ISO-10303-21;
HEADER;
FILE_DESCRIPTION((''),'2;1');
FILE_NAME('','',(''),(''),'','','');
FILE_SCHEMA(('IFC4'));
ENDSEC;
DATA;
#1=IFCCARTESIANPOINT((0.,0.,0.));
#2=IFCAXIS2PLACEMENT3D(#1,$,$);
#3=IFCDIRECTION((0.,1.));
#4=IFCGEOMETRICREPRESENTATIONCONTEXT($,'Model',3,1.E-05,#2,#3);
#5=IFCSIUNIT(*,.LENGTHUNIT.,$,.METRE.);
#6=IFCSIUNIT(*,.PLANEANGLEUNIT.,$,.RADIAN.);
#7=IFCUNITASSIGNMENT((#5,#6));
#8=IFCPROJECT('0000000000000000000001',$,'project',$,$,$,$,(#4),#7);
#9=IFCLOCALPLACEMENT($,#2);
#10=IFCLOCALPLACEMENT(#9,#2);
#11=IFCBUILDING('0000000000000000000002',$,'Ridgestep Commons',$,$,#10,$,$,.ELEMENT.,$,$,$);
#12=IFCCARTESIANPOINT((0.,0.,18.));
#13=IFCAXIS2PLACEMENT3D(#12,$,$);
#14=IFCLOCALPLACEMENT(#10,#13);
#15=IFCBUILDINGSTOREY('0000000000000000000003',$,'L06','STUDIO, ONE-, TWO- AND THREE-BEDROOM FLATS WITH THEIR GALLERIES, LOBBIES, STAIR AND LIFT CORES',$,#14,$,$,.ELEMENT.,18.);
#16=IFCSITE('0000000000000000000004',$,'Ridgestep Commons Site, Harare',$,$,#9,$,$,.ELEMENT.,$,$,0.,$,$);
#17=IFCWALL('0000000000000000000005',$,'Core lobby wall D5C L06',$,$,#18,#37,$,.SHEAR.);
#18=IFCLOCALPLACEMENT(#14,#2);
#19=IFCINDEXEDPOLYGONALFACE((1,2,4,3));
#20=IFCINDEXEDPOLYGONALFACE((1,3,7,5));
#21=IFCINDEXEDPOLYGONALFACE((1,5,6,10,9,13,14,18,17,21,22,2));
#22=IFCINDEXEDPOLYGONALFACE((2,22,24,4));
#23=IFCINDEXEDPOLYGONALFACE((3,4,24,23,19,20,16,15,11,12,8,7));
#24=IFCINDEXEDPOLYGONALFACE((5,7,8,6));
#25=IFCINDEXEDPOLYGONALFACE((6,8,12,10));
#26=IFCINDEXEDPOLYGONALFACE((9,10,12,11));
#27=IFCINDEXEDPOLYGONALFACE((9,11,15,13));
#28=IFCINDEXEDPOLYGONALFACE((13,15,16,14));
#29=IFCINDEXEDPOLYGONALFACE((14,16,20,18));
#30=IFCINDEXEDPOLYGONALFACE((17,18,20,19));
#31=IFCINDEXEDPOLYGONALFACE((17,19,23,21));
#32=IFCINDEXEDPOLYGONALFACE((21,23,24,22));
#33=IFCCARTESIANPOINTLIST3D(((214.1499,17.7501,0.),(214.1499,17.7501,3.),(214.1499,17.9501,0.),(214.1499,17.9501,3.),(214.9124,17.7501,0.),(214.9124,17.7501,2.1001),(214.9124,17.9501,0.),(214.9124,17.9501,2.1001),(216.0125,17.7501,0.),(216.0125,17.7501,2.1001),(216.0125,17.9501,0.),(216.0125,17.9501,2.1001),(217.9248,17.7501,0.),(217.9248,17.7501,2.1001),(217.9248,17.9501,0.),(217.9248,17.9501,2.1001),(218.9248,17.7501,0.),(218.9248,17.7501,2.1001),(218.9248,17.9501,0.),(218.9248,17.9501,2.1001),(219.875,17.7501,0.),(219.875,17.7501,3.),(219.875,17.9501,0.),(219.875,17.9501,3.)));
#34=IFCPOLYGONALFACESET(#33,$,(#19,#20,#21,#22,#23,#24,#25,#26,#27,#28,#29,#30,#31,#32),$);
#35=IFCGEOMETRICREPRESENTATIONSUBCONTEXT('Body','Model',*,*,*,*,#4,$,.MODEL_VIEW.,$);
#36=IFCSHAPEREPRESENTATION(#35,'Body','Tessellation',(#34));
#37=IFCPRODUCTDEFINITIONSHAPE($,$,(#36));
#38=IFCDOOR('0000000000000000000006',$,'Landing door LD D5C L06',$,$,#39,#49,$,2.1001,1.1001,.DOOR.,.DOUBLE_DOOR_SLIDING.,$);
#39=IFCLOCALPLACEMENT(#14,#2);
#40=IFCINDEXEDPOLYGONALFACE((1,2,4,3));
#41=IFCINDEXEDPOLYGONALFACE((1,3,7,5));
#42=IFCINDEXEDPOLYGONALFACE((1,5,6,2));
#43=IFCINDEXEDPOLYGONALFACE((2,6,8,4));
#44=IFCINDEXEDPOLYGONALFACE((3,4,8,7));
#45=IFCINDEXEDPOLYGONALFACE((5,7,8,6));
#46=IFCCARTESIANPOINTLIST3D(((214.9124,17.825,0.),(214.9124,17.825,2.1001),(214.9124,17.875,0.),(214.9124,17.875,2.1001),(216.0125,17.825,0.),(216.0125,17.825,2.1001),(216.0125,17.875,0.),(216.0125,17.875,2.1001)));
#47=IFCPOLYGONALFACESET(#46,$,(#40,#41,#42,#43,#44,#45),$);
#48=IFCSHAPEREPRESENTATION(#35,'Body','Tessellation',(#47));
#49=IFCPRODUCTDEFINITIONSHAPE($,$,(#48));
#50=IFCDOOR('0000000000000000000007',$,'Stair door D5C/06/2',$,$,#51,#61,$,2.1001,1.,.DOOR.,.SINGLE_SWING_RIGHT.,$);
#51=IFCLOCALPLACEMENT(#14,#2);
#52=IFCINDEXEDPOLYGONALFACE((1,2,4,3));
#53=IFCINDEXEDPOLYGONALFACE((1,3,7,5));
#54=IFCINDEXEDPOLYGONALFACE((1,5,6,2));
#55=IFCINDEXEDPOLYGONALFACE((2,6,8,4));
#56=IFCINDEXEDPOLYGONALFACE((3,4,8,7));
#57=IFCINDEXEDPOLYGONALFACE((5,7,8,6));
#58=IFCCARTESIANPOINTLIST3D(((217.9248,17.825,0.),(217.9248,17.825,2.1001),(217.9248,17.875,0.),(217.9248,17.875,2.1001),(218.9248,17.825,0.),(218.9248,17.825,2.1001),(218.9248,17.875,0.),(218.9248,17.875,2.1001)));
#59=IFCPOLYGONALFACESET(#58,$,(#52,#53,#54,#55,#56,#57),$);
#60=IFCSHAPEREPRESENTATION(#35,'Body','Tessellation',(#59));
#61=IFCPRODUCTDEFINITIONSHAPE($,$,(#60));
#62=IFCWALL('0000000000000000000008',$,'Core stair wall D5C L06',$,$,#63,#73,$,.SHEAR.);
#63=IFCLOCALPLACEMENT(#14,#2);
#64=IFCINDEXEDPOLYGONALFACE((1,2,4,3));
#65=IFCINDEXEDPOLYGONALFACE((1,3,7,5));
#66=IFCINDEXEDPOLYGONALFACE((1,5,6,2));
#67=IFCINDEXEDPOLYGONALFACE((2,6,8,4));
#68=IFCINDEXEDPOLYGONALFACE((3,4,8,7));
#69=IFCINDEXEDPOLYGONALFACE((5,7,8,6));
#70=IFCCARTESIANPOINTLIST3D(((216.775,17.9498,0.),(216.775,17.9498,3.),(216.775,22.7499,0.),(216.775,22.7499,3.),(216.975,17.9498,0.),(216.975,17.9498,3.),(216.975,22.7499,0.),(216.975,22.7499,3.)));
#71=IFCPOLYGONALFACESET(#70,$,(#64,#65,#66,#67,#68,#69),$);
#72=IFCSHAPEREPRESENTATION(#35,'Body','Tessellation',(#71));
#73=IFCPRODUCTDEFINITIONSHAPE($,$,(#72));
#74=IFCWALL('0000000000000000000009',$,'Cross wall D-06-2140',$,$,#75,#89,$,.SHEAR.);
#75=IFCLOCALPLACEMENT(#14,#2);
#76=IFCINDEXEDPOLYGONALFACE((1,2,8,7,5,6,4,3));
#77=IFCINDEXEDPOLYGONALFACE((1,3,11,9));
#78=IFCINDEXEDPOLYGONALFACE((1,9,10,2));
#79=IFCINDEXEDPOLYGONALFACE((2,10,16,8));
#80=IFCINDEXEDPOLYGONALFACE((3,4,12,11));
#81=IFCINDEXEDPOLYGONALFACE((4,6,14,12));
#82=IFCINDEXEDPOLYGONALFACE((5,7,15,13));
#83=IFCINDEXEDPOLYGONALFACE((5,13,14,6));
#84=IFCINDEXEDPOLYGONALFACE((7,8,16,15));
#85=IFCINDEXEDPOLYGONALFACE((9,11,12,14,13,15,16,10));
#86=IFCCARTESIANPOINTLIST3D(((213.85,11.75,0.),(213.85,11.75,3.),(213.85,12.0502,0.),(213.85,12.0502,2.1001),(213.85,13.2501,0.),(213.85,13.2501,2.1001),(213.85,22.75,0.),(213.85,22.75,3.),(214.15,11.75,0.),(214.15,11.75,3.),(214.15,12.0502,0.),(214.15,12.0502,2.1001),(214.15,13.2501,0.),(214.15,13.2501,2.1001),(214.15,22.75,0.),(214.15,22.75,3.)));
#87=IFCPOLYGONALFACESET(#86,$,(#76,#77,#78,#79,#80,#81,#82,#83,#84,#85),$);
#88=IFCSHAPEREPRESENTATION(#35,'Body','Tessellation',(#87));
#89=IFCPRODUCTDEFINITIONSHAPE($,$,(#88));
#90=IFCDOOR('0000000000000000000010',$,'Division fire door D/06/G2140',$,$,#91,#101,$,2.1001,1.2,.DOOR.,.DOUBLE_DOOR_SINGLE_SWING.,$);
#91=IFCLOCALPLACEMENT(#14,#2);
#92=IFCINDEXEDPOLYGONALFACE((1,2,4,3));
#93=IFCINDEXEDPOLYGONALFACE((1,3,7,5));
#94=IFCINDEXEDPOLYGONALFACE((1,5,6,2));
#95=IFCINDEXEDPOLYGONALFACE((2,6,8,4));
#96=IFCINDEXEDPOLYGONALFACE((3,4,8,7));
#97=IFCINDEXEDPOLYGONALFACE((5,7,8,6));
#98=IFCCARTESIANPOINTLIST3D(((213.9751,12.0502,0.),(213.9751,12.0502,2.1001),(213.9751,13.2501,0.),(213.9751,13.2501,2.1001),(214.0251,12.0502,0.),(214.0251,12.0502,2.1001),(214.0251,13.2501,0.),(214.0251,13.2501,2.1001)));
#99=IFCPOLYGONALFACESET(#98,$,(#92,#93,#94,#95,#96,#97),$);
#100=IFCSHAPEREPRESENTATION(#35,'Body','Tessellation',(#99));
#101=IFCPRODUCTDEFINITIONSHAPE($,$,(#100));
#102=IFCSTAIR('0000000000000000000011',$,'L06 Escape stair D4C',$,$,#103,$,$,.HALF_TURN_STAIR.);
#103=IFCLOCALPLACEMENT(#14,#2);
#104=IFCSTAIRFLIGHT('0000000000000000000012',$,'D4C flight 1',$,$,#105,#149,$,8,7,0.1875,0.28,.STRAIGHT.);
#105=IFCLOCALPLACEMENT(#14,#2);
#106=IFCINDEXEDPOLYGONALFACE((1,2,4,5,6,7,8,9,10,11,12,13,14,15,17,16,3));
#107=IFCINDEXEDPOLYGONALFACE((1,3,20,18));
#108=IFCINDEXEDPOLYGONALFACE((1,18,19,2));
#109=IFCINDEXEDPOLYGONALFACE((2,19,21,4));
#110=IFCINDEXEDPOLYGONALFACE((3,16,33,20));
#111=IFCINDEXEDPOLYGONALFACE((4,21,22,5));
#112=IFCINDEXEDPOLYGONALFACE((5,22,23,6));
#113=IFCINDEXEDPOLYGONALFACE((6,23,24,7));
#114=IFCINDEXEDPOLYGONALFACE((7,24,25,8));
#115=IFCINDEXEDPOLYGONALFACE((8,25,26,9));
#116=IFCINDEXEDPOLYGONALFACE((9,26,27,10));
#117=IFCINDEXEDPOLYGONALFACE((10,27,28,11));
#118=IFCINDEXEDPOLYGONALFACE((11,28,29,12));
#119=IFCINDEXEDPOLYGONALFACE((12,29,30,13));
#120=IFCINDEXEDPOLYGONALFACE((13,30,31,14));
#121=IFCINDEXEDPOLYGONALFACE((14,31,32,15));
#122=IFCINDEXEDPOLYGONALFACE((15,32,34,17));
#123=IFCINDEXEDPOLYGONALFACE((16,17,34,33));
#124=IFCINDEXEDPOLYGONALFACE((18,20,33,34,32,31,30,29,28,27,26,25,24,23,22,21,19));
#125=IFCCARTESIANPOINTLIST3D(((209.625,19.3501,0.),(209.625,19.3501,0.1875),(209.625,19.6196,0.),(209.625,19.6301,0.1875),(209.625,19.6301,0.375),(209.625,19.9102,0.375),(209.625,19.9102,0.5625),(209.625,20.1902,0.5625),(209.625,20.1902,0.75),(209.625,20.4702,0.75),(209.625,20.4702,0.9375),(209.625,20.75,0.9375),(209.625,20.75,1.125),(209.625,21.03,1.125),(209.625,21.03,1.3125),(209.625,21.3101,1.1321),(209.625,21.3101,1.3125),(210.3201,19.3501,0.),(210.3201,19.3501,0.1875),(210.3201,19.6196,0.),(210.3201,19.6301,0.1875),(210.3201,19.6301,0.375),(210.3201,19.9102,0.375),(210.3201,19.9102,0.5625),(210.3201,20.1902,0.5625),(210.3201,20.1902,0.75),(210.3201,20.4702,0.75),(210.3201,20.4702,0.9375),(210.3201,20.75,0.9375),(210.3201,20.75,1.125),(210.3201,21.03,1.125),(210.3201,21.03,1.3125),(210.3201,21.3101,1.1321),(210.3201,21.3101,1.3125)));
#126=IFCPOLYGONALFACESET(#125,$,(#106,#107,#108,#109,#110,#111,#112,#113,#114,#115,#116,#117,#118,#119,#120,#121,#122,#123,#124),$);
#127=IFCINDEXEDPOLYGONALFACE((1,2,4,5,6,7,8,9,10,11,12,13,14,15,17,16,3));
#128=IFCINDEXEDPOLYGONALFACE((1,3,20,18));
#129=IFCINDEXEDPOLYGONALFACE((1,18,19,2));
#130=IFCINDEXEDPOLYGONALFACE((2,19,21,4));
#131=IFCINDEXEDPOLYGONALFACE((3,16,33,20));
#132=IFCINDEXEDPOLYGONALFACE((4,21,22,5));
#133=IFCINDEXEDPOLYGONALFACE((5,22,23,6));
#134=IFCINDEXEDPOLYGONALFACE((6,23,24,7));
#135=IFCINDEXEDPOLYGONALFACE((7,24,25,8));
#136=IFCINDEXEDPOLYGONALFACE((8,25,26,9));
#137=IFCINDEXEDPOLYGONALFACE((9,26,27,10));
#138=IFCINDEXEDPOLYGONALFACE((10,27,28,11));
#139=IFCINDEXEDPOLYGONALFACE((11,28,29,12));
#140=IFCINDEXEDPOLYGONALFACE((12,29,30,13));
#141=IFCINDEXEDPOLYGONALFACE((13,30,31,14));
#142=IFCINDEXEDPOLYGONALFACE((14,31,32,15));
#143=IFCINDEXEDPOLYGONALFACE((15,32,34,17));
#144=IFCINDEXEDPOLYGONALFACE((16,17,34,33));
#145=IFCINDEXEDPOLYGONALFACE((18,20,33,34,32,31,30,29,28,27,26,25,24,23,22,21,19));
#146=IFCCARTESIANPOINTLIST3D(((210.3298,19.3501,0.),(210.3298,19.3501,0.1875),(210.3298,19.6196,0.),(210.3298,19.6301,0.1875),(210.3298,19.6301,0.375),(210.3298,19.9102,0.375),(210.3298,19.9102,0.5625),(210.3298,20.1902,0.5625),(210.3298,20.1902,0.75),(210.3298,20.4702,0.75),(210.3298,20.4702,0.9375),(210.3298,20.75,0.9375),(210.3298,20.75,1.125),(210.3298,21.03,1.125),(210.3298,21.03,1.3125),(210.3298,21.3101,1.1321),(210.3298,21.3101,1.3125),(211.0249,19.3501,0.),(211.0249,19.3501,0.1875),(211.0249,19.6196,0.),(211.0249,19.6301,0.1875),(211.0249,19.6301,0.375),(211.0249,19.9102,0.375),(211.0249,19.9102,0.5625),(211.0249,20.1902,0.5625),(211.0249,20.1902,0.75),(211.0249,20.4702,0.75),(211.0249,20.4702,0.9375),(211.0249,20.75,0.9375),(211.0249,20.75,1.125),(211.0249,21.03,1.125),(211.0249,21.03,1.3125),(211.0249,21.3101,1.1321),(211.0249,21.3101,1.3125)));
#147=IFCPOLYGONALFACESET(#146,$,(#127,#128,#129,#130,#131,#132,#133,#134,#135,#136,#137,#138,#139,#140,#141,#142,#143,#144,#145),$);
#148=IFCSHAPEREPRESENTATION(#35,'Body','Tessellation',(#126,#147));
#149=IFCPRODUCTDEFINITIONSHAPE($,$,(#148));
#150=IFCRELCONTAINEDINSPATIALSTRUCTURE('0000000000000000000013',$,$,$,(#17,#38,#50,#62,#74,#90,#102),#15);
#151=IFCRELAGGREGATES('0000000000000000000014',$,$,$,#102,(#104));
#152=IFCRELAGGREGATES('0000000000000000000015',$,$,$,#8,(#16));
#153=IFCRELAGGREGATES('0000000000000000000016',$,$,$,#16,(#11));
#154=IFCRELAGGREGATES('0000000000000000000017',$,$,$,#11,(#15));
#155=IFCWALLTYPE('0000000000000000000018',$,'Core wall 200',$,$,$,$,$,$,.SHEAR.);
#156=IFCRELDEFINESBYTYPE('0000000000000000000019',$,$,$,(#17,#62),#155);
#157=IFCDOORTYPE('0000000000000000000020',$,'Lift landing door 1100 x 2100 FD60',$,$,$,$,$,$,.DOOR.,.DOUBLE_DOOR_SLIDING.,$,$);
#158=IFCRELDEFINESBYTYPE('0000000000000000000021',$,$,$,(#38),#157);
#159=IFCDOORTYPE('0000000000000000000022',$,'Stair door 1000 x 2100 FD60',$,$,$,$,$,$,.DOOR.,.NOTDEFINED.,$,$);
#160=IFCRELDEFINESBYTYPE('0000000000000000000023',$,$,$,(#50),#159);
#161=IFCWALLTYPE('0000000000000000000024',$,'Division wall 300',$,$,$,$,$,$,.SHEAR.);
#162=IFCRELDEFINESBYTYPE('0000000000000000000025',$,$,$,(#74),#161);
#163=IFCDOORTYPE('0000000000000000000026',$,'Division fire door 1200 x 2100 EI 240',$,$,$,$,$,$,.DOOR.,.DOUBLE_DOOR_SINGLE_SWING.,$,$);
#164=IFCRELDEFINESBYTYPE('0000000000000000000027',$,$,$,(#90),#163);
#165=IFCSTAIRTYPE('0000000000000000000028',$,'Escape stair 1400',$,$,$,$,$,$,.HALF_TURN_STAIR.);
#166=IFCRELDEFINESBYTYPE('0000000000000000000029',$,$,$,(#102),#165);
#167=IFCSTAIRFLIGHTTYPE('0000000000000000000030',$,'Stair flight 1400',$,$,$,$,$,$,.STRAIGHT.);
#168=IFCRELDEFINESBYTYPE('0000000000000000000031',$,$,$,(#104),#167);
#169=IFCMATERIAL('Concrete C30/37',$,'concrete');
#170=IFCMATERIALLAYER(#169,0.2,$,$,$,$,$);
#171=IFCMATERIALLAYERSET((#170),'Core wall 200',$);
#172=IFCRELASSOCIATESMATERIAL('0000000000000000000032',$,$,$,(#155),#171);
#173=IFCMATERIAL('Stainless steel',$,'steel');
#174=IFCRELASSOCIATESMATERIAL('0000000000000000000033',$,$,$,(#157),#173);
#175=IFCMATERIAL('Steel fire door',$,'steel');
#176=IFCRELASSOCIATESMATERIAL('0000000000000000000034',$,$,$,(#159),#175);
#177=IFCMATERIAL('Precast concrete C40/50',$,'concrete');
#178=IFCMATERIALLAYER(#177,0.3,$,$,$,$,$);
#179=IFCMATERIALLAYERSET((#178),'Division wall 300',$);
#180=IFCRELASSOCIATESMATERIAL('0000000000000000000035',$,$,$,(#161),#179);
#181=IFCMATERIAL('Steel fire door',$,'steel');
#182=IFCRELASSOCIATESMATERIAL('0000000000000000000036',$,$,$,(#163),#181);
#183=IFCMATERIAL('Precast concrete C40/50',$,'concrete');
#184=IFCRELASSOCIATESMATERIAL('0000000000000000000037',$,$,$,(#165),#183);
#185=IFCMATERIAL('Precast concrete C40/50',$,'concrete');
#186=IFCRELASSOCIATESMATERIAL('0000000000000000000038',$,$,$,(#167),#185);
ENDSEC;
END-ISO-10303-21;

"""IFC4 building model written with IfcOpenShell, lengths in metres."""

from ifc_helpers import new_model, si_unit, direction, frame, frame_2d, origin, place, context, subcontext, project, spatial, polyline, rectangle, outline, extrude, material, layer, layer_set, type_object, element, fill, aggregate, save


model = new_model("IFC4")

# Units and contexts
model_context = context("Model", 3, precision=1e-05, world=origin(), true_north=direction((0.0, 1.0)))
body_context = subcontext(model_context, "Body", "Model", "MODEL_VIEW")
ifc_project = project(units=[si_unit("LENGTHUNIT", "METRE"), si_unit("PLANEANGLEUNIT", "RADIAN")], contexts=[model_context])

# Site, building, storey
site_placement = place(None, origin())
site = spatial("IfcSite", under=ifc_project, at=site_placement, Name="Ridgestep Commons Site, Harare", CompositionType="ELEMENT", RefElevation=0.0)
building_placement = place(site_placement, origin())
building = spatial("IfcBuilding", under=site, at=building_placement, Name="Ridgestep Commons", CompositionType="ELEMENT")
storey_placement = place(building_placement, frame((0.0, 0.0, 18.0)))
storey = spatial("IfcBuildingStorey", under=building, at=storey_placement, Name="L06", Description="STUDIO, ONE-, TWO- AND THREE-BEDROOM FLATS WITH THEIR GALLERIES, LOBBIES, STAIR AND LIFT CORES", CompositionType="ELEMENT", Elevation=18.0)

# Shared definitions
ifc_material_1 = material(Name="Concrete C30/37", Category="concrete")
ifc_layer_1 = layer(ifc_material_1, 0.2)
ifc_layer_set_1 = layer_set([ifc_layer_1], Name="Core wall 200")
wall_type_1 = type_object("IfcWallType", Name="Core wall 200", PredefinedType="SHEAR", material=ifc_layer_set_1)

# Wall, openings, doors
wall_1_placement = place(storey_placement, frame((214.1499, 17.8501, 0.0), z_axis=(0.0, 0.0, 1.0), x_axis=(1.0, 0.0, 0.0)))
wall_1 = element("IfcWall", 1, at=wall_1_placement, inside=storey, type_object=wall_type_1, Name="Core lobby wall D5C L06", PredefinedType="SHEAR", context=body_context, shape_type="SweptSolid", body=[
    extrude(rectangle(XDim=5.7251, YDim=0.2, at=frame_2d((2.8625, 0.0))), origin(), (0.0, 0.0, 1.0), 3.0),
])
opening_1_placement = place(wall_1_placement, frame((3.7749, 0.0, 0.0)))
opening_1 = element("IfcOpeningElement", 2, at=opening_1_placement, cuts=wall_1, PredefinedType="OPENING", context=body_context, shape_type="SweptSolid", body=[
    extrude(rectangle(XDim=1.0, YDim=2.1001, at=frame_2d((0.5, 1.05))), frame((0.0, 0.1099, 0.0), z_axis=(0.0, -1.0, 0.0), x_axis=(1.0, 0.0, 0.0)), (0.0, 0.0, 1.0), 0.22),
])
opening_2_placement = place(wall_1_placement, frame((0.7625, 0.0, 0.0)))
opening_2 = element("IfcOpeningElement", 3, at=opening_2_placement, cuts=wall_1, PredefinedType="OPENING", context=body_context, shape_type="SweptSolid", body=[
    extrude(rectangle(XDim=1.1001, YDim=2.1001, at=frame_2d((0.55, 1.05))), frame((0.0, 0.1099, 0.0), z_axis=(0.0, -1.0, 0.0), x_axis=(1.0, 0.0, 0.0)), (0.0, 0.0, 1.0), 0.22),
])
ifc_material_2 = material(Name="Stainless steel", Category="steel")
door_type_1 = type_object("IfcDoorType", Name="Lift landing door 1100 x 2100 FD60", OperationType="DOUBLE_DOOR_SLIDING", PredefinedType="DOOR", material=ifc_material_2)
door_1_placement = place(opening_2_placement, origin())
door_1 = element("IfcDoor", 4, at=door_1_placement, inside=storey, type_object=door_type_1, Name="Landing door LD D5C L06", OperationType="DOUBLE_DOOR_SLIDING", OverallHeight=2.1001, OverallWidth=1.1001, PredefinedType="DOOR", context=body_context, shape_type="SweptSolid", body=[
    extrude(rectangle(XDim=1.1001, YDim=2.1001, at=frame_2d((0.55, 1.05))), frame((0.0, 0.0249, 0.0), z_axis=(0.0, -1.0, 0.0), x_axis=(1.0, 0.0, 0.0)), (0.0, 0.0, 1.0), 0.05),
])
fill(opening_2, door_1)
ifc_material_3 = material(Name="Steel fire door", Category="steel")
door_type_2 = type_object("IfcDoorType", Name="Stair door 1000 x 2100 FD60", OperationType="NOTDEFINED", PredefinedType="DOOR", material=ifc_material_3)
door_2_placement = place(opening_1_placement, origin())
door_2 = element("IfcDoor", 5, at=door_2_placement, inside=storey, type_object=door_type_2, Name="Stair door D5C/06/2", OperationType="SINGLE_SWING_RIGHT", OverallHeight=2.1001, OverallWidth=1.0, PredefinedType="DOOR", context=body_context, shape_type="SweptSolid", body=[
    extrude(rectangle(XDim=1.0, YDim=2.1001, at=frame_2d((0.5, 1.05))), frame((0.0, 0.0249, 0.0), z_axis=(0.0, -1.0, 0.0), x_axis=(1.0, 0.0, 0.0)), (0.0, 0.0, 1.0), 0.05),
])
fill(opening_1, door_2)

# Wall
wall_2_placement = place(storey_placement, frame((216.875, 17.95, 0.0), z_axis=(0.0, 0.0, 1.0), x_axis=(0.0, 1.0, 0.0)))
element("IfcWall", 6, at=wall_2_placement, inside=storey, type_object=wall_type_1, Name="Core stair wall D5C L06", PredefinedType="SHEAR", context=body_context, shape_type="SweptSolid", body=[
    extrude(rectangle(XDim=4.8, YDim=0.2, at=frame_2d((2.3999, 0.0))), origin(), (0.0, 0.0, 1.0), 3.0),
])

# Wall, opening, door
ifc_material_4 = material(Name="Precast concrete C40/50", Category="concrete")
ifc_layer_2 = layer(ifc_material_4, 0.3)
ifc_layer_set_2 = layer_set([ifc_layer_2], Name="Division wall 300")
wall_type_2 = type_object("IfcWallType", Name="Division wall 300", PredefinedType="SHEAR", material=ifc_layer_set_2)
wall_3_placement = place(storey_placement, frame((214.0, 11.75, 0.0), z_axis=(0.0, 0.0, 1.0), x_axis=(0.0, 1.0, 0.0)))
wall_3 = element("IfcWall", 7, at=wall_3_placement, inside=storey, type_object=wall_type_2, Name="Cross wall D-06-2140", PredefinedType="SHEAR", context=body_context, shape_type="SweptSolid", body=[
    extrude(rectangle(XDim=11.0, YDim=0.3, at=frame_2d((5.5, 0.0))), origin(), (0.0, 0.0, 1.0), 3.0),
])
opening_3_placement = place(wall_3_placement, frame((0.3, 0.0, 0.0)))
opening_3 = element("IfcOpeningElement", 8, at=opening_3_placement, cuts=wall_3, PredefinedType="OPENING", context=body_context, shape_type="SweptSolid", body=[
    extrude(rectangle(XDim=1.2, YDim=2.1001, at=frame_2d((0.6001, 1.05))), frame((0.0, 0.1599, 0.0), z_axis=(0.0, -1.0, 0.0), x_axis=(1.0, 0.0, 0.0)), (0.0, 0.0, 1.0), 0.3201),
])
ifc_material_5 = material(Name="Steel fire door", Category="steel")
door_type_3 = type_object("IfcDoorType", Name="Division fire door 1200 x 2100 EI 240", OperationType="DOUBLE_DOOR_SINGLE_SWING", PredefinedType="DOOR", material=ifc_material_5)
door_3_placement = place(opening_3_placement, origin())
door_3 = element("IfcDoor", 9, at=door_3_placement, inside=storey, type_object=door_type_3, Name="Division fire door D/06/G2140", OperationType="DOUBLE_DOOR_SINGLE_SWING", OverallHeight=2.1001, OverallWidth=1.2, PredefinedType="DOOR", context=body_context, shape_type="SweptSolid", body=[
    extrude(rectangle(XDim=1.2, YDim=2.1001, at=frame_2d((0.6001, 1.05))), frame((0.0, 0.0249, 0.0), z_axis=(0.0, -1.0, 0.0), x_axis=(1.0, 0.0, 0.0)), (0.0, 0.0, 1.0), 0.05),
])
fill(opening_3, door_3)

# Stair, stair flight
ifc_material_6 = material(Name="Precast concrete C40/50", Category="concrete")
stair_type = type_object("IfcStairType", Name="Escape stair 1400", PredefinedType="HALF_TURN_STAIR", material=ifc_material_6)
stair_placement = place(storey_placement, origin())
stair = element("IfcStair", 10, at=stair_placement, inside=storey, type_object=stair_type, Name="L06 Escape stair D4C", PredefinedType="HALF_TURN_STAIR")
ifc_material_7 = material(Name="Precast concrete C40/50", Category="concrete")
stair_flight_type = type_object("IfcStairFlightType", Name="Stair flight 1400", PredefinedType="STRAIGHT", material=ifc_material_7)
stair_flight_placement = place(storey_placement, frame((210.325, 19.3501, 0.0), z_axis=(0.0, 0.0, 1.0), x_axis=(0.0, 1.0, 0.0)))
stair_flight = element("IfcStairFlight", 11, at=stair_flight_placement, type_object=stair_flight_type, Name="D4C flight 1", NumberOfRisers=8, NumberOfTreads=7, PredefinedType="STRAIGHT", RiserHeight=0.1875, TreadLength=0.28, context=body_context, shape_type="SweptSolid", body=[
    extrude(outline(polyline([(0.0, 0.0), (0.0, 0.1875), (0.28, 0.1875), (0.28, 0.375), (0.5601, 0.375), (0.5601, 0.5625), (0.8401, 0.5625), (0.8401, 0.75), (1.1201, 0.75), (1.1201, 0.9375), (1.3999, 0.9375), (1.3999, 1.125), (1.6799, 1.125), (1.6799, 1.3125), (1.96, 1.3125), (1.96, 1.5), (1.96, 1.1321), (0.2695, 0.0), (0.0, 0.0)])), frame((0.0, 0.7, 0.0), z_axis=(0.0, -1.0, 0.0), x_axis=(1.0, 0.0, 0.0)), (0.0, 0.0, 1.0), 0.6951),
    extrude(outline(polyline([(0.0, 0.0), (0.0, 0.1875), (0.28, 0.1875), (0.28, 0.375), (0.5601, 0.375), (0.5601, 0.5625), (0.8401, 0.5625), (0.8401, 0.75), (1.1201, 0.75), (1.1201, 0.9375), (1.3999, 0.9375), (1.3999, 1.125), (1.6799, 1.125), (1.6799, 1.3125), (1.96, 1.3125), (1.96, 1.5), (1.96, 1.1321), (0.2695, 0.0), (0.0, 0.0)])), frame((0.0, -0.0049, 0.0), z_axis=(0.0, -1.0, 0.0), x_axis=(1.0, 0.0, 0.0)), (0.0, 0.0, 1.0), 0.6951),
])
aggregate(stair, [stair_flight])

save(model, "model.ifc")
